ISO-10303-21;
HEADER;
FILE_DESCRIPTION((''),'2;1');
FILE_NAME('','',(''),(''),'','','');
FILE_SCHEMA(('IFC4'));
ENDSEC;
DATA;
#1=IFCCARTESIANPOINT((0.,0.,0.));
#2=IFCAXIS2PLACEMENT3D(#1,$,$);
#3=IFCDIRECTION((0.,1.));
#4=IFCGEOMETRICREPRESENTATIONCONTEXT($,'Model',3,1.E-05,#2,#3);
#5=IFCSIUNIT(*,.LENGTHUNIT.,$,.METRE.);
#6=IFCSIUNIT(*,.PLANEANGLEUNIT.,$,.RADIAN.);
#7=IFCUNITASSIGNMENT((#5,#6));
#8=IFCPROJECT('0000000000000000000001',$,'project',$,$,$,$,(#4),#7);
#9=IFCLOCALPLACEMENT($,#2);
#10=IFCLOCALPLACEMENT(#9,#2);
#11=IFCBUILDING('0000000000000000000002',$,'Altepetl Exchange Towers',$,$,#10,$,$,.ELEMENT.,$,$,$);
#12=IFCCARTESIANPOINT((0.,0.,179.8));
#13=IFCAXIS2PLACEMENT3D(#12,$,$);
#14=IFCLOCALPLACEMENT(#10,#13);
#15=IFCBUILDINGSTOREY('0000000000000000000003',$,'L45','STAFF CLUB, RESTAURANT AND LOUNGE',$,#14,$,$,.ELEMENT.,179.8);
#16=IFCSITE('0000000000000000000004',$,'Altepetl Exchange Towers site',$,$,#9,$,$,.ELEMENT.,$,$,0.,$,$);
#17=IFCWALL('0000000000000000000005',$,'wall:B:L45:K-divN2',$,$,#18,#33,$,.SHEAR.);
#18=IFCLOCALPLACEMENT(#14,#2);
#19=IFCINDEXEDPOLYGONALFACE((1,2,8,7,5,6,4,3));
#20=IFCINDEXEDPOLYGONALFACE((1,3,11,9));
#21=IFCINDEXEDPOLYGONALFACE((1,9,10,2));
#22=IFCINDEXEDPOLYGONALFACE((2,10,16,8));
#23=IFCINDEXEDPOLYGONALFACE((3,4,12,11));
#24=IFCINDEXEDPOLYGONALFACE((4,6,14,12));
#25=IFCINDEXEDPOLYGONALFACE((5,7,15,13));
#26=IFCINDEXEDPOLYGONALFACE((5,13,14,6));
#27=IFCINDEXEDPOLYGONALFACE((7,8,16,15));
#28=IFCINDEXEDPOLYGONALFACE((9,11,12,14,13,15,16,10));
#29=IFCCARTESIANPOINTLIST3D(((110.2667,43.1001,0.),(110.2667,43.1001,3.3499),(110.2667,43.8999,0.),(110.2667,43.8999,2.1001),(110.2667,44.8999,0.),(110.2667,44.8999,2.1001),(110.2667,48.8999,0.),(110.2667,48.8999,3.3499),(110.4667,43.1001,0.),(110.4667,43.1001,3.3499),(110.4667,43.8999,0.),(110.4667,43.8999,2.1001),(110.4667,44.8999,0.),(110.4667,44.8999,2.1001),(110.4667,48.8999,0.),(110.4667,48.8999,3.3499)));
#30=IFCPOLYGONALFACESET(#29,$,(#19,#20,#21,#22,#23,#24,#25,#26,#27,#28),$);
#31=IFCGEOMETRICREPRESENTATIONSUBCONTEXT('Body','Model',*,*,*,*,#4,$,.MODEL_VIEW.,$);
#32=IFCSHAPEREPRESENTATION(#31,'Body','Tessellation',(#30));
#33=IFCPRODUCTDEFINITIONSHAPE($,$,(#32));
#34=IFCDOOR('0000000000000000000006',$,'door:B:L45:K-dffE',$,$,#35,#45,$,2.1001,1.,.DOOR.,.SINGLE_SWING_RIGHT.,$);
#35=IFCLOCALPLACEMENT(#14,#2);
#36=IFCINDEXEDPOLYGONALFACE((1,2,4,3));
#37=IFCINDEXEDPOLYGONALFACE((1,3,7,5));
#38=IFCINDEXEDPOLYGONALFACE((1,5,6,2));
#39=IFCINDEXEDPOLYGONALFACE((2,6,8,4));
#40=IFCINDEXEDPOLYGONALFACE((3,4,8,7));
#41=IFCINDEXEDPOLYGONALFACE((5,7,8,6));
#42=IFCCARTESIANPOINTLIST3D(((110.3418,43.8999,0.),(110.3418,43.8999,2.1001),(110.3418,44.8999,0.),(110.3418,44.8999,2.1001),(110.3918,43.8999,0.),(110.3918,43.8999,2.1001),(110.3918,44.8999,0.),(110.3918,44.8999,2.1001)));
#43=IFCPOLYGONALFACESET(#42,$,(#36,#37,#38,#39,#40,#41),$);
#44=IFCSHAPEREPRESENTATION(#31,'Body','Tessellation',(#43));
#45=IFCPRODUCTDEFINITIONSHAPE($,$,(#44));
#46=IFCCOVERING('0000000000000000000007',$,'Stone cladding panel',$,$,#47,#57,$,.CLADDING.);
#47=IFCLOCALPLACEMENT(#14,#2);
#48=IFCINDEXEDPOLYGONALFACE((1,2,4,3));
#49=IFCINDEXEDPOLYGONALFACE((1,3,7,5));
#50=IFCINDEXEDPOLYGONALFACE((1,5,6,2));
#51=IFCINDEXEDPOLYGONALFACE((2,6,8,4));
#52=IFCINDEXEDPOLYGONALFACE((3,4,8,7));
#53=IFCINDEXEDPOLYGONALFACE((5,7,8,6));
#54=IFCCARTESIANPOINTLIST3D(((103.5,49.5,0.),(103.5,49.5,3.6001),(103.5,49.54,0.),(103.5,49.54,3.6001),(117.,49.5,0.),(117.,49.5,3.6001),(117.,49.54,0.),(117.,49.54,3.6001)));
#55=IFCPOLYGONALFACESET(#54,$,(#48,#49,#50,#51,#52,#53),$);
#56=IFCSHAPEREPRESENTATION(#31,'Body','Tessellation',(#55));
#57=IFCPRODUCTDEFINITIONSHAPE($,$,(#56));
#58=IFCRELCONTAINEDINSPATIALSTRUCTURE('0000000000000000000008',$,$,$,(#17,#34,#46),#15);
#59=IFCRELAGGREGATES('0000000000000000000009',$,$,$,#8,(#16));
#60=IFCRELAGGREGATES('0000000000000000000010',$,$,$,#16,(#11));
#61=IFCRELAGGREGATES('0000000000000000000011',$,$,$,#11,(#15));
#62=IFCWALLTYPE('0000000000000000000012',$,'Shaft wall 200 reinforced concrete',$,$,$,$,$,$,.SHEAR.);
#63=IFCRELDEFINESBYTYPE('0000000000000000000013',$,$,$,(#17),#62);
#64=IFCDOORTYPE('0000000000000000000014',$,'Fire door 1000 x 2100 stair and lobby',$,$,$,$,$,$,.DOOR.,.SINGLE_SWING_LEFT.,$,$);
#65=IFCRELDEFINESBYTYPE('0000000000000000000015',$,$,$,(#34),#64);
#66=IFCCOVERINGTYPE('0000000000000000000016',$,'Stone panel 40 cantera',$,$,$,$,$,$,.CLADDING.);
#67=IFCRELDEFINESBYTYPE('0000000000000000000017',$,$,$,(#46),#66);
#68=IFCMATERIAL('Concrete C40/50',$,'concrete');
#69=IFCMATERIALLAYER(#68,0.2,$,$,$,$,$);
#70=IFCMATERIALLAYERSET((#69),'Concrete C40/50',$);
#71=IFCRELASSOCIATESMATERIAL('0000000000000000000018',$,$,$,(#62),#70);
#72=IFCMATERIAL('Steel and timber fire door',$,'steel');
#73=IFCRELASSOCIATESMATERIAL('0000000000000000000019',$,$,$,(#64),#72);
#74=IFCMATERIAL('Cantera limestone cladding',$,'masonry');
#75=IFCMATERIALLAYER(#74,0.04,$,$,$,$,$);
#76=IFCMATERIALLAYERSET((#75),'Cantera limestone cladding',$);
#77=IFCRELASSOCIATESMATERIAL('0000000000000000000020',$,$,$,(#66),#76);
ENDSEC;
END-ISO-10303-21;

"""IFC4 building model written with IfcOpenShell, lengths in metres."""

from ifc_helpers import new_model, si_unit, direction, frame, frame_2d, origin, origin_2d, place, context, subcontext, project, spatial, rectangle, extrude, material, layer, layer_set, type_object, element, fill, save


model = new_model("IFC4")

# Units and contexts
model_context = context("Model", 3, precision=1e-05, world=origin(), true_north=direction((0.0, 1.0)))
body_context = subcontext(model_context, "Body", "Model", "MODEL_VIEW")
ifc_project = project(units=[si_unit("LENGTHUNIT", "METRE"), si_unit("PLANEANGLEUNIT", "RADIAN")], contexts=[model_context])

# Site, building, storey
site_placement = place(None, origin())
site = spatial("IfcSite", under=ifc_project, at=site_placement, Name="Altepetl Exchange Towers site", CompositionType="ELEMENT", RefElevation=0.0)
building_placement = place(site_placement, origin())
building = spatial("IfcBuilding", under=site, at=building_placement, Name="Altepetl Exchange Towers", CompositionType="ELEMENT")
storey_placement = place(building_placement, frame((0.0, 0.0, 179.8)))
storey = spatial("IfcBuildingStorey", under=building, at=storey_placement, Name="L45", Description="STAFF CLUB, RESTAURANT AND LOUNGE", CompositionType="ELEMENT", Elevation=179.8)

# Shared definitions
ifc_material_1 = material(Name="Concrete C40/50", Category="concrete")
ifc_layer_1 = layer(ifc_material_1, 0.2)
ifc_layer_set_1 = layer_set([ifc_layer_1], Name="Concrete C40/50")
wall_type_1 = type_object("IfcWallType", Name="Shaft wall 200 reinforced concrete", PredefinedType="SHEAR", material=ifc_layer_set_1)

# Wall, opening, door
wall_1_placement = place(storey_placement, frame((110.3667, 48.8999, 0.0), z_axis=(0.0, 0.0, 1.0), x_axis=(0.0, -1.0, 0.0)))
wall_1 = element("IfcWall", 1, at=wall_1_placement, inside=storey, type_object=wall_type_1, Name="wall:B:L45:K-divN2", PredefinedType="SHEAR", context=body_context, shape_type="SweptSolid", body=[
    extrude(rectangle(XDim=5.7998, YDim=0.2, at=frame_2d((2.8999, 0.0))), origin(), (0.0, 0.0, 1.0), 3.3499),
])
opening_placement = place(wall_1_placement, frame((4.0, 0.0, 0.0)))
opening = element("IfcOpeningElement", 2, at=opening_placement, cuts=wall_1, PredefinedType="OPENING", context=body_context, shape_type="SweptSolid", body=[
    extrude(rectangle(XDim=1.0, YDim=2.1001, at=frame_2d((0.5, 1.05))), frame((0.0, 0.1099, 0.0), z_axis=(0.0, -1.0, 0.0), x_axis=(1.0, 0.0, 0.0)), (0.0, 0.0, 1.0), 0.22),
])
ifc_material_2 = material(Name="Steel and timber fire door", Category="steel")
door_type = type_object("IfcDoorType", Name="Fire door 1000 x 2100 stair and lobby", OperationType="SINGLE_SWING_LEFT", PredefinedType="DOOR", material=ifc_material_2)
door_placement = place(opening_placement, frame((1.0, 0.0, 0.0), x_axis=(-1.0, 0.0, 0.0)))
door = element("IfcDoor", 3, at=door_placement, inside=storey, type_object=door_type, Name="door:B:L45:K-dffE", OperationType="SINGLE_SWING_RIGHT", OverallHeight=2.1001, OverallWidth=1.0, PredefinedType="DOOR", context=body_context, shape_type="SweptSolid", body=[
    extrude(rectangle(XDim=1.0, YDim=2.1001, at=frame_2d((0.5, 1.05))), frame((0.0, 0.0249, 0.0), z_axis=(0.0, -1.0, 0.0), x_axis=(1.0, 0.0, 0.0)), (0.0, 0.0, 1.0), 0.05),
])
fill(opening, door)

# Covering
ifc_material_3 = material(Name="Cantera limestone cladding", Category="masonry")
ifc_layer_2 = layer(ifc_material_3, 0.04)
ifc_layer_set_2 = layer_set([ifc_layer_2], Name="Cantera limestone cladding")
covering_type = type_object("IfcCoveringType", Name="Stone panel 40 cantera", PredefinedType="CLADDING", material=ifc_layer_set_2)
covering_placement = place(storey_placement, frame((110.25, 49.52, 0.0), z_axis=(0.0, 0.0, 1.0), x_axis=(-1.0, 0.0, 0.0)))
element("IfcCovering", 4, at=covering_placement, inside=storey, type_object=covering_type, Name="Stone cladding panel", PredefinedType="CLADDING", context=body_context, shape_type="SweptSolid", body=[
    extrude(rectangle(XDim=13.5, YDim=0.04, at=origin_2d()), origin(), (0.0, 0.0, 1.0), 3.6001),
])

save(model, "model.ifc")
